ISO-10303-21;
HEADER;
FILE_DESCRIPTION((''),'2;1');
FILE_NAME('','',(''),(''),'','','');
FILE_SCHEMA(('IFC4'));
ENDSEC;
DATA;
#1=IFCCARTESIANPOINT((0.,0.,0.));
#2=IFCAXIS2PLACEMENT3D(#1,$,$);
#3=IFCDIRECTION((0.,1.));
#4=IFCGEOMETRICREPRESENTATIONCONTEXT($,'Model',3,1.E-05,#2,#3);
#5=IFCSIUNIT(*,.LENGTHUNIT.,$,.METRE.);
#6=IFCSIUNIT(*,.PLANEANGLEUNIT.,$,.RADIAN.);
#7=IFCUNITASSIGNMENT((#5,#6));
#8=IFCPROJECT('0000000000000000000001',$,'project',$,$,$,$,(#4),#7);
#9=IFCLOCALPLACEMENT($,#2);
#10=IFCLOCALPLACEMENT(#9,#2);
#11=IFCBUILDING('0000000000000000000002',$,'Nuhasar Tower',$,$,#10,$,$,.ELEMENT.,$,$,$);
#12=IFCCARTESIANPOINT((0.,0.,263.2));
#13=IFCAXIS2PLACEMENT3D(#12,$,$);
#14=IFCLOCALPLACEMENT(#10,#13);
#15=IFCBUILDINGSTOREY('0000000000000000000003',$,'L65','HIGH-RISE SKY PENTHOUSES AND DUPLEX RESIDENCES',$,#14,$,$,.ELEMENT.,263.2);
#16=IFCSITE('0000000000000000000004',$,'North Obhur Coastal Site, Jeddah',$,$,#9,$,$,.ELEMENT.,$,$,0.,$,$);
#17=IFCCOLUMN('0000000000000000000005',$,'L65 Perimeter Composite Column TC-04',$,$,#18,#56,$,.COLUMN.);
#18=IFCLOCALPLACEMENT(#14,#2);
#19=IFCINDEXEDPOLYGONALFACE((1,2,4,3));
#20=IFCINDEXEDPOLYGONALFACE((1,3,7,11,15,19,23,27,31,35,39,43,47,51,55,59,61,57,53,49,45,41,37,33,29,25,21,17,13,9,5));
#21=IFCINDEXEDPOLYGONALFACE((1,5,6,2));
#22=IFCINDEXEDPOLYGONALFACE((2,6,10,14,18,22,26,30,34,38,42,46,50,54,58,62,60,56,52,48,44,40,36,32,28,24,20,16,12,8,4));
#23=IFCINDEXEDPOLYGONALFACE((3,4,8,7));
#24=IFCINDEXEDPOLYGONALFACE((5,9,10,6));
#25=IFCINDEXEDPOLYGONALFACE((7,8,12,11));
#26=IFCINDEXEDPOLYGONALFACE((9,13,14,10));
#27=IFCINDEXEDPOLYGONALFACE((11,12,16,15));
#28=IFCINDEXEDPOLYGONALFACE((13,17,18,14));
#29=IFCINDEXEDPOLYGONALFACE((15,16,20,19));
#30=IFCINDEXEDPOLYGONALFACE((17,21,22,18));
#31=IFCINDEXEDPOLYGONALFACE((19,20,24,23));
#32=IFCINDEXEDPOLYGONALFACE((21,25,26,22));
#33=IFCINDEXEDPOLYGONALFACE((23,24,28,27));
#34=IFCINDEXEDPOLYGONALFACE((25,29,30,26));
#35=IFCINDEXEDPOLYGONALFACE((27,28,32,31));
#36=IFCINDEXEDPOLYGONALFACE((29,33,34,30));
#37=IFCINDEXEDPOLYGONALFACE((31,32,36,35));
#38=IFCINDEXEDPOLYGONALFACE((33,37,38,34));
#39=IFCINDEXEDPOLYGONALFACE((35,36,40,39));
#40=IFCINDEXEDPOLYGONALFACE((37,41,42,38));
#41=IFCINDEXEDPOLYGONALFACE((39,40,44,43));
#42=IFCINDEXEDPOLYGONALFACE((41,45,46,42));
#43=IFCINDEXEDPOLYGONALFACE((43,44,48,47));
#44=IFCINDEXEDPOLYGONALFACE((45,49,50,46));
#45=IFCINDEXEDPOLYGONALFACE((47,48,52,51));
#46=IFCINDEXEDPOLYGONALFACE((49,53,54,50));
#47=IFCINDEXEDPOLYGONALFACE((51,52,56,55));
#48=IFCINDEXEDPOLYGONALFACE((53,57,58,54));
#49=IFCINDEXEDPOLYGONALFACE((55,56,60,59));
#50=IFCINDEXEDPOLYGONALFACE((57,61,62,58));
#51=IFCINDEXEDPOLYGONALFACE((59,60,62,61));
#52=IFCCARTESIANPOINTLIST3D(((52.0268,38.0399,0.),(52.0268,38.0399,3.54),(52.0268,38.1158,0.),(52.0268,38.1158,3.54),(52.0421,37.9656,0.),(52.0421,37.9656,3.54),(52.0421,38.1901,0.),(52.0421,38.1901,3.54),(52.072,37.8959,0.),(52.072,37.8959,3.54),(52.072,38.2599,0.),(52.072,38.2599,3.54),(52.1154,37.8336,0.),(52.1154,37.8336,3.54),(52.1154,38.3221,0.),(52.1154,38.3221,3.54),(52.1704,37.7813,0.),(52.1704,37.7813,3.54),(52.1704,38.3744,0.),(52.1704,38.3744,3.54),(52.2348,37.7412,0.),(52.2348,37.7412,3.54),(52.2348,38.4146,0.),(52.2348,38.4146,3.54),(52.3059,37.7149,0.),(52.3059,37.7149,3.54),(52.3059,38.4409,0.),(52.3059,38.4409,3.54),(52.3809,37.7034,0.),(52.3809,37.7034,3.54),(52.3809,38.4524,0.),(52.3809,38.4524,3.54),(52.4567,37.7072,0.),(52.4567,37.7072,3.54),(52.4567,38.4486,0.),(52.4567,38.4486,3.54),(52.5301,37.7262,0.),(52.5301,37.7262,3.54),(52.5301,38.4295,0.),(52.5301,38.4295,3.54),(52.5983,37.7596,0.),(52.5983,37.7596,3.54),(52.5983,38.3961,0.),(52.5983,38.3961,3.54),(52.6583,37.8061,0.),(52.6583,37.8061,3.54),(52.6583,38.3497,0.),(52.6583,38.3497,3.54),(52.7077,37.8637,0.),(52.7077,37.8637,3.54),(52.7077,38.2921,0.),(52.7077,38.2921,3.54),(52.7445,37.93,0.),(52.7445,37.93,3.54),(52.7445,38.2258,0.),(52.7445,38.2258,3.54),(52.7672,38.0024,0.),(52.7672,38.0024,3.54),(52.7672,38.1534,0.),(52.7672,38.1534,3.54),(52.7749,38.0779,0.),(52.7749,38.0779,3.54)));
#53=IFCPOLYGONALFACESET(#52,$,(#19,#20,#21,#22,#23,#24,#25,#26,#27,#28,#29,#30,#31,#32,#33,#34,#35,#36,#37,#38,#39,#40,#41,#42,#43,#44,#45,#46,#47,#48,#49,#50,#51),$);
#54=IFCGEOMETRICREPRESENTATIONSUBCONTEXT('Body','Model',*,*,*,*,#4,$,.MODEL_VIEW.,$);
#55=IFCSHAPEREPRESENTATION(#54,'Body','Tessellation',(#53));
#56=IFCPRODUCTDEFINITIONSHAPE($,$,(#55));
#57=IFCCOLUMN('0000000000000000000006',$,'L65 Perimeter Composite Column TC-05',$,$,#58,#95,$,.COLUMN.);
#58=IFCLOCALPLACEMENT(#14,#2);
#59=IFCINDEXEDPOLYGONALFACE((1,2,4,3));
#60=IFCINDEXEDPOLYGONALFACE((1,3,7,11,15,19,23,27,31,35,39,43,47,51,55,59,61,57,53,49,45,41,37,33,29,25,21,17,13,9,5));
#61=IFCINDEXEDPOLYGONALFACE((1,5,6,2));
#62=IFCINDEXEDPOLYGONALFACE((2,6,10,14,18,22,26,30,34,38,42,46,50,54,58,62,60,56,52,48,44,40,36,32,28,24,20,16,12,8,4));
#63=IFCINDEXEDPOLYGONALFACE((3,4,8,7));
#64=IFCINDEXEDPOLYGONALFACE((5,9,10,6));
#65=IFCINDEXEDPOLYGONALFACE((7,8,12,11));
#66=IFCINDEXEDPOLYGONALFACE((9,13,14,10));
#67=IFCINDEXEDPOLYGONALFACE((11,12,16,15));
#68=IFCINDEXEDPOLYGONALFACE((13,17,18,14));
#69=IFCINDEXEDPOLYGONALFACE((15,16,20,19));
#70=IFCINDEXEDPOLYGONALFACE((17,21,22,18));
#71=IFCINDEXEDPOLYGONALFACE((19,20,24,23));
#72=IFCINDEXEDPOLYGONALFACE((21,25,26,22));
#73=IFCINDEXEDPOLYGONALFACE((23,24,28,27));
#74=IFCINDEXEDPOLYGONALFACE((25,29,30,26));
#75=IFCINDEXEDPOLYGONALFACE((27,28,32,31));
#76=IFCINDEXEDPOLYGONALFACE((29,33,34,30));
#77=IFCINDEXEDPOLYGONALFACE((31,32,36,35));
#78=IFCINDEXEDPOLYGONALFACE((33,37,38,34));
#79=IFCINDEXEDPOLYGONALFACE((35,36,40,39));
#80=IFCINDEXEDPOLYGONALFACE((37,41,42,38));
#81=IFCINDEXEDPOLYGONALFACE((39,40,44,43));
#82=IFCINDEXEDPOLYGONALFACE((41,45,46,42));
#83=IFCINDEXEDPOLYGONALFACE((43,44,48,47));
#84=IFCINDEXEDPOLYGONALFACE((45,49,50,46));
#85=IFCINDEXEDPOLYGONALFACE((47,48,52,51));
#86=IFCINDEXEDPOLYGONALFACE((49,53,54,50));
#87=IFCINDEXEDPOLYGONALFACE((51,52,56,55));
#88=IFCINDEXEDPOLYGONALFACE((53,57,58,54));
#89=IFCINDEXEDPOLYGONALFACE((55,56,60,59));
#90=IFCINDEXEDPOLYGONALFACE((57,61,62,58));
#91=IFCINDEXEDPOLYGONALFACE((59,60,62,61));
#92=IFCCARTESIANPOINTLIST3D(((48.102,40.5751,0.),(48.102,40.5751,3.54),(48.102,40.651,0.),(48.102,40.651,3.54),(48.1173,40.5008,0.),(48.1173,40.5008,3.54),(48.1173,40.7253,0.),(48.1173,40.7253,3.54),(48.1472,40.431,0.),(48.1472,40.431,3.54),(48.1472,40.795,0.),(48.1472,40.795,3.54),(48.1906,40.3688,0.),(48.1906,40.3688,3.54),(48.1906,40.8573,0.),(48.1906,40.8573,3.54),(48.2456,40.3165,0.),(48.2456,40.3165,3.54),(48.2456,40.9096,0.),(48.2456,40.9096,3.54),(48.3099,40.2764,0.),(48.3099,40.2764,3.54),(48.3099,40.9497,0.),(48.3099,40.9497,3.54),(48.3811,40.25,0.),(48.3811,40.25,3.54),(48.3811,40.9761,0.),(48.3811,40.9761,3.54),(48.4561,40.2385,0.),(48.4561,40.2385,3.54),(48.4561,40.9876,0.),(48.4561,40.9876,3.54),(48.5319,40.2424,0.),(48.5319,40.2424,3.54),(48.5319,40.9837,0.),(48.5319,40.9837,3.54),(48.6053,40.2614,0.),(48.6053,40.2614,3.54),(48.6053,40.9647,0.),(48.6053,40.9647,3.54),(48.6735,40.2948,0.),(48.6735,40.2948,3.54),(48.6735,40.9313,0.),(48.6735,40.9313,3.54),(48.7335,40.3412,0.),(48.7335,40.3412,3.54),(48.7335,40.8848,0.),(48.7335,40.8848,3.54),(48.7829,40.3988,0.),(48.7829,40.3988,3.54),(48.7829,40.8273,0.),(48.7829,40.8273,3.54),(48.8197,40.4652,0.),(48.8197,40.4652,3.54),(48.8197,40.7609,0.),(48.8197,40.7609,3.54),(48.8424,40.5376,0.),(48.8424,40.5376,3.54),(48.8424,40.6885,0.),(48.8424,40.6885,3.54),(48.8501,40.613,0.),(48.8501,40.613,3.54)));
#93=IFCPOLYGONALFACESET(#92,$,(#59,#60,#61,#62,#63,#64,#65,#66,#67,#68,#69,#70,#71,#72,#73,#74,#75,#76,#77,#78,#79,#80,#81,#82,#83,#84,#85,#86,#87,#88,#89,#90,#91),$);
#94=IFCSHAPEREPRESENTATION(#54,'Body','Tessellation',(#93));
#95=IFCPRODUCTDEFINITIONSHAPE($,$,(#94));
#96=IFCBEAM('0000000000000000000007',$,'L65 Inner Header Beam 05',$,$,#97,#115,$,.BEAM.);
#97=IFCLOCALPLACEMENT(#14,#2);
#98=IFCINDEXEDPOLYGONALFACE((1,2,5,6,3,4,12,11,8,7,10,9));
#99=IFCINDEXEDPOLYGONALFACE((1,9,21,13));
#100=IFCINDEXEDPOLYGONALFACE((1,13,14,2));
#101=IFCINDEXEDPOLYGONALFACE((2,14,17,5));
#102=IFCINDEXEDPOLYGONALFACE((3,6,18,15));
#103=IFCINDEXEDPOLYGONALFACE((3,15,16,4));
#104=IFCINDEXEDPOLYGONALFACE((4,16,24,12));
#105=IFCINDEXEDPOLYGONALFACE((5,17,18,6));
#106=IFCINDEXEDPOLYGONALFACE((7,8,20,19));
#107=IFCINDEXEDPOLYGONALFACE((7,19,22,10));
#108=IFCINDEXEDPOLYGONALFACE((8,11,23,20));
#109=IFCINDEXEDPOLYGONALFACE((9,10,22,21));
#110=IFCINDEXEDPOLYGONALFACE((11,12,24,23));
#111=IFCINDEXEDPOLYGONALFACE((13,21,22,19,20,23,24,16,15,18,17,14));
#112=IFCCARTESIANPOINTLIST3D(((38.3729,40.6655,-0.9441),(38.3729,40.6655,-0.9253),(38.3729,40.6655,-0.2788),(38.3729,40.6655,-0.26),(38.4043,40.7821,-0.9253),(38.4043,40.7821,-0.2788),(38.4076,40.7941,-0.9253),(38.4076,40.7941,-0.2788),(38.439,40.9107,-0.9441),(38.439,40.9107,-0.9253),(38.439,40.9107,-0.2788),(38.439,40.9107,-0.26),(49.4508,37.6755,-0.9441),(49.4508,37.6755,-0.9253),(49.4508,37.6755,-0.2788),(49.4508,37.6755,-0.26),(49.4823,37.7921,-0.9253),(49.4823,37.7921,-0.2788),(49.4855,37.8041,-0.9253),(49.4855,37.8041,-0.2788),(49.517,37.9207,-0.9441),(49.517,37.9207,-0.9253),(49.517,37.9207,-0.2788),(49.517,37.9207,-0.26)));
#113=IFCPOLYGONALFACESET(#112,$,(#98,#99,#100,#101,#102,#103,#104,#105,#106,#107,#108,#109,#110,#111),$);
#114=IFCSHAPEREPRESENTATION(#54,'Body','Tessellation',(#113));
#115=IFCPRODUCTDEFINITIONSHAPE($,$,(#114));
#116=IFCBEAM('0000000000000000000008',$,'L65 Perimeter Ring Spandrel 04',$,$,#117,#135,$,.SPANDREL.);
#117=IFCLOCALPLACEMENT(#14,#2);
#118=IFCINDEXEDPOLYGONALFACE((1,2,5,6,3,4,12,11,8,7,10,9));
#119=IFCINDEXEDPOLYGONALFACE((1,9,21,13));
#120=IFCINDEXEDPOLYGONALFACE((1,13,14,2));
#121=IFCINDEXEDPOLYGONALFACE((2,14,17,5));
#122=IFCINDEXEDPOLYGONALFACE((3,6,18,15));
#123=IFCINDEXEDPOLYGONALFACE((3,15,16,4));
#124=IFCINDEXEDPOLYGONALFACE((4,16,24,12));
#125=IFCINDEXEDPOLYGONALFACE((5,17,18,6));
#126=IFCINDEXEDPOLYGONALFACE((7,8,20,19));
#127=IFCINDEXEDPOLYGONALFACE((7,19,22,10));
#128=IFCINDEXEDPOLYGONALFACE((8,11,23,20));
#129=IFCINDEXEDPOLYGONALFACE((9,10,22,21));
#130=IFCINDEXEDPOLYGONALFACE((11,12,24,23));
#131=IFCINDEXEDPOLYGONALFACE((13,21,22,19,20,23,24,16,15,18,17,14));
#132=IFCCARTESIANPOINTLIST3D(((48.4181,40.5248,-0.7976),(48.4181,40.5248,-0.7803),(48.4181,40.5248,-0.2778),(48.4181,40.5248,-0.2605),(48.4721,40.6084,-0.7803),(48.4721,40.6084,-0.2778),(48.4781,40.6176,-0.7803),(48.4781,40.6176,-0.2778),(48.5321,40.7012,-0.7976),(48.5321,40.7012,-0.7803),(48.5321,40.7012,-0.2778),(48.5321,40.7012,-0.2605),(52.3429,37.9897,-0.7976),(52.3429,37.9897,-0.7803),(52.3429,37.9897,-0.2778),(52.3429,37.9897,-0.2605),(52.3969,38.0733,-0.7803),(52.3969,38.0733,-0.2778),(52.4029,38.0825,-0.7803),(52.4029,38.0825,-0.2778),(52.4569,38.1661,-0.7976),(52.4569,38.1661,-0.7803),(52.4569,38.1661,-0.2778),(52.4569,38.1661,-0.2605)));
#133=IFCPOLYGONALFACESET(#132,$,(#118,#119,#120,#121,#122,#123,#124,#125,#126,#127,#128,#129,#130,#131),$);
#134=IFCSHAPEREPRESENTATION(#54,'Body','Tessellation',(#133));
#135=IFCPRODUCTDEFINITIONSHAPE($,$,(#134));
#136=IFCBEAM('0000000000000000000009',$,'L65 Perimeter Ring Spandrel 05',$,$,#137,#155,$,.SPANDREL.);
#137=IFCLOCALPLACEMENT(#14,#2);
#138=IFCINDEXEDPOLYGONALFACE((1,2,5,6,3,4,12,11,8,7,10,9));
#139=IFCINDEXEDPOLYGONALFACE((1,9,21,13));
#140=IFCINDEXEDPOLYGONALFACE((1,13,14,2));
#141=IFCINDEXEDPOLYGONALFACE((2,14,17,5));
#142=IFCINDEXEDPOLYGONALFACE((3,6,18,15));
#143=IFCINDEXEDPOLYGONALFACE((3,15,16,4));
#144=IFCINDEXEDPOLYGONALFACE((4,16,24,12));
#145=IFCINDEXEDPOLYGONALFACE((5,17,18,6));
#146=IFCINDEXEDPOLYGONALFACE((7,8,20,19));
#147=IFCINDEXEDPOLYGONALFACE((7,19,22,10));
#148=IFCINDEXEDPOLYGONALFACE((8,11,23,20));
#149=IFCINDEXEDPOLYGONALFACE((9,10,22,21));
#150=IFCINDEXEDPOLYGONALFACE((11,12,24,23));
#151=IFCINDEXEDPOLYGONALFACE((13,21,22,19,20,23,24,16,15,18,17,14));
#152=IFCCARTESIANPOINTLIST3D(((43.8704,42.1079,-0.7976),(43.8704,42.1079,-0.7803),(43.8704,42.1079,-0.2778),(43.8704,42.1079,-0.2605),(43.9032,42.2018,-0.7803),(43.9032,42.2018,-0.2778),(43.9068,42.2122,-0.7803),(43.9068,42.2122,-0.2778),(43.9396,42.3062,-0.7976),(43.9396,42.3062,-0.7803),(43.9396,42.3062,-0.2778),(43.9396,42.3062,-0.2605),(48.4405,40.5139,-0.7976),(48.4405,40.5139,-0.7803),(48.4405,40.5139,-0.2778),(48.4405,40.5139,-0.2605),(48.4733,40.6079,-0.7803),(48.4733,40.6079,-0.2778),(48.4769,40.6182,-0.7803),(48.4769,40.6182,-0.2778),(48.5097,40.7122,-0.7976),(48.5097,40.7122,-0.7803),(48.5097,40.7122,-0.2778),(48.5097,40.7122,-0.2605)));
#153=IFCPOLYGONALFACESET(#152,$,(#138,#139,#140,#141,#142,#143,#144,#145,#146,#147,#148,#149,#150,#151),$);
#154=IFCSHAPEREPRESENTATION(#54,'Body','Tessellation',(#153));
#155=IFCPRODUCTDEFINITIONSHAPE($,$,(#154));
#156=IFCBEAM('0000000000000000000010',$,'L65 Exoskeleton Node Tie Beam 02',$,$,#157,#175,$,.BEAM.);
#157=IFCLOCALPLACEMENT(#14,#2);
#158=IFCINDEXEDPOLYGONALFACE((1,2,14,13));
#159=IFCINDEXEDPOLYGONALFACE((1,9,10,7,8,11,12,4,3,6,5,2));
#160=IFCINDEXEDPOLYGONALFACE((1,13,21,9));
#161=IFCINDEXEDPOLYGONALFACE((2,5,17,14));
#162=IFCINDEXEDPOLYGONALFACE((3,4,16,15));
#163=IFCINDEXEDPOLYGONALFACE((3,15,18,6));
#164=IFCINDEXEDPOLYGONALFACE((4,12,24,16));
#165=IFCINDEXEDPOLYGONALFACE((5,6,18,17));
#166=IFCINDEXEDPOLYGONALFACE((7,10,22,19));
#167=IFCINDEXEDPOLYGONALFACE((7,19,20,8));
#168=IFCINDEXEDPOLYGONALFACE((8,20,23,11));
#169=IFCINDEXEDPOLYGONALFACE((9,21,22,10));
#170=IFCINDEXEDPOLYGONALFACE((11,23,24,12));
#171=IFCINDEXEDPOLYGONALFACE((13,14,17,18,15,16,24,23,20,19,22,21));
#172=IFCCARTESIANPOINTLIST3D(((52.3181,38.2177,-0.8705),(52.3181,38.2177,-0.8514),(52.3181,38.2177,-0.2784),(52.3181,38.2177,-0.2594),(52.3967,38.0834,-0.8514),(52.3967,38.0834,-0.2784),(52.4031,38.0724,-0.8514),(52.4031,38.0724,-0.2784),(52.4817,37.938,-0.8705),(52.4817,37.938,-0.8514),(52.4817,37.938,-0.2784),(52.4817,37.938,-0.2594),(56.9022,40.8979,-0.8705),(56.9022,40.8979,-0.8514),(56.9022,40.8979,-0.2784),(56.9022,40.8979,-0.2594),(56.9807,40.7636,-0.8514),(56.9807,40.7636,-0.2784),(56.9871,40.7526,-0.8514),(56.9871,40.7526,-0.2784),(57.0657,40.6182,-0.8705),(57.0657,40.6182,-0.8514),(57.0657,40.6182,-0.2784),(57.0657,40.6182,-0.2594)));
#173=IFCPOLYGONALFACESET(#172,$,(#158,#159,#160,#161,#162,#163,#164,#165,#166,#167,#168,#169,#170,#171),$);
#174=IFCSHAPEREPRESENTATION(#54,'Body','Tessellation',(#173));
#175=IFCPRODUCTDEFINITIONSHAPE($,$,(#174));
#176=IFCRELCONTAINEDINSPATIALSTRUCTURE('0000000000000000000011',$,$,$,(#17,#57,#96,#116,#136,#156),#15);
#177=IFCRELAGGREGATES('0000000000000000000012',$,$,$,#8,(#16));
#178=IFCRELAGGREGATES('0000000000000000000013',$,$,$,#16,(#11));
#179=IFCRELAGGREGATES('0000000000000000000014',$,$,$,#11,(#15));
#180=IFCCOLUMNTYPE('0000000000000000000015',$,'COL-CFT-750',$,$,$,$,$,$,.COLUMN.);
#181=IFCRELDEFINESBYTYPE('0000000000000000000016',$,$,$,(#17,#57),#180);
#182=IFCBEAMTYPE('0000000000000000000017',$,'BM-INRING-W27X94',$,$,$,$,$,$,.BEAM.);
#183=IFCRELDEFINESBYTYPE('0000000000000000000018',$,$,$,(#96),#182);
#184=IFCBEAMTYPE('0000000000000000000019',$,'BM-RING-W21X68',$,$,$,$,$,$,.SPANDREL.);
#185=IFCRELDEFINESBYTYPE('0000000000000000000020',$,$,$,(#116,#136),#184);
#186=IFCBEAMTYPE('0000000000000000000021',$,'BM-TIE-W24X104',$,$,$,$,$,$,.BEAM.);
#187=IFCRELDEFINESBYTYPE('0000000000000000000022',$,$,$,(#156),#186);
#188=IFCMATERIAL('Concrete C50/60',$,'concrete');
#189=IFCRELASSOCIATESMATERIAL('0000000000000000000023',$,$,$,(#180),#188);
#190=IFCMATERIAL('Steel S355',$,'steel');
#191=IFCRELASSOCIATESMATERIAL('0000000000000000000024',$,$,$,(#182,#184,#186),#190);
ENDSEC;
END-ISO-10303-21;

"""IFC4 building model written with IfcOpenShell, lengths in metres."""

from ifc_helpers import new_model, si_unit, direction, frame, origin, origin_2d, place, context, subcontext, project, spatial, circle, i_section, extrude, material, material_profile, profile_set, type_object, element, save


model = new_model("IFC4")

# Units and contexts
model_context = context("Model", 3, precision=1e-05, world=origin(), true_north=direction((0.0, 1.0)))
body_context = subcontext(model_context, "Body", "Model", "MODEL_VIEW")
ifc_project = project(units=[si_unit("LENGTHUNIT", "METRE"), si_unit("PLANEANGLEUNIT", "RADIAN")], contexts=[model_context])

# Site, building, storey
site_placement = place(None, origin())
site = spatial("IfcSite", under=ifc_project, at=site_placement, Name="North Obhur Coastal Site, Jeddah", CompositionType="ELEMENT", RefElevation=0.0)
building_placement = place(site_placement, origin())
building = spatial("IfcBuilding", under=site, at=building_placement, Name="Nuhasar Tower", CompositionType="ELEMENT")
storey_placement = place(building_placement, frame((0.0, 0.0, 263.2)))
storey = spatial("IfcBuildingStorey", under=building, at=storey_placement, Name="L65", Description="HIGH-RISE SKY PENTHOUSES AND DUPLEX RESIDENCES", CompositionType="ELEMENT", Elevation=263.2)

# Columns
ifc_material_1 = material(Name="Concrete C50/60", Category="concrete")
ifc_material_profile_1 = material_profile(ifc_material_1, circle(Radius=0.375, at=origin_2d()), Name="CFT750")
ifc_profile_set_1 = profile_set([ifc_material_profile_1], Name="Concrete C50/60")
column_type = type_object("IfcColumnType", Name="COL-CFT-750", PredefinedType="COLUMN", material=ifc_profile_set_1)
for number, where, z_axis, x_axis, name in (
    (1, (52.3999, 38.0779, 0.0), (0.0, 0.0, 1.0), (1.0, 0.0, 0.0), "L65 Perimeter Composite Column TC-04"),
    (2, (48.4751, 40.613, 0.0), (0.0, 0.0, 1.0), (1.0, 0.0, 0.0), "L65 Perimeter Composite Column TC-05"),
):
    element("IfcColumn", number, at=place(storey_placement, frame(where, z_axis=z_axis, x_axis=x_axis)), inside=storey, type_object=column_type, Name=name, PredefinedType="COLUMN", context=body_context, shape_type="SweptSolid", body=[
        extrude(circle(Radius=0.375, at=origin_2d()), origin(), (0.0, 0.0, 1.0), 3.54),
    ])

# Beams
ifc_material_2 = material(Name="Steel S355", Category="steel")
ifc_material_profile_2 = material_profile(ifc_material_2, i_section(OverallWidth=0.2539, OverallDepth=0.6841, WebThickness=0.0125, FlangeThickness=0.0188, at=origin_2d()), Name="W27X94")
ifc_profile_set_2 = profile_set([ifc_material_profile_2], Name="Steel S355")
beam_type_1 = type_object("IfcBeamType", Name="BM-INRING-W27X94", PredefinedType="BEAM", material=ifc_profile_set_2)
beam_1_placement = place(storey_placement, frame((49.4839, 37.7981, -0.6021), z_axis=(-0.965452, 0.260582, 0.0), x_axis=(-0.260582, -0.965452, 0.0)))
element("IfcBeam", 3, at=beam_1_placement, inside=storey, type_object=beam_type_1, Name="L65 Inner Header Beam 05", PredefinedType="BEAM", context=body_context, shape_type="SweptSolid", body=[
    extrude(i_section(OverallWidth=0.2539, OverallDepth=0.6841, WebThickness=0.0125, FlangeThickness=0.0188, at=origin_2d()), origin(), (0.0, 0.0, 1.0), 11.4744),
])
ifc_material_profile_3 = material_profile(ifc_material_2, i_section(OverallWidth=0.21, OverallDepth=0.5371, WebThickness=0.011, FlangeThickness=0.0173, at=origin_2d()), Name="W21X68")
ifc_profile_set_3 = profile_set([ifc_material_profile_3], Name="Steel S355")
beam_type_2 = type_object("IfcBeamType", Name="BM-RING-W21X68", PredefinedType="SPANDREL", material=ifc_profile_set_3)
beam_2_placement = place(storey_placement, frame((52.3999, 38.0779, -0.5291), z_axis=(-0.840002, 0.542584, 0.0), x_axis=(-0.542584, -0.840002, 0.0)))
element("IfcBeam", 4, at=beam_2_placement, inside=storey, type_object=beam_type_2, Name="L65 Perimeter Ring Spandrel 04", PredefinedType="SPANDREL", context=body_context, shape_type="SweptSolid", body=[
    extrude(i_section(OverallWidth=0.21, OverallDepth=0.5371, WebThickness=0.011, FlangeThickness=0.0173, at=origin_2d()), origin(), (0.0, 0.0, 1.0), 4.6724),
])
beam_3_placement = place(storey_placement, frame((48.4751, 40.613, -0.5291), z_axis=(-0.944214, 0.329332, 0.0), x_axis=(-0.329332, -0.944214, 0.0)))
element("IfcBeam", 5, at=beam_3_placement, inside=storey, type_object=beam_type_2, Name="L65 Perimeter Ring Spandrel 05", PredefinedType="SPANDREL", context=body_context, shape_type="SweptSolid", body=[
    extrude(i_section(OverallWidth=0.21, OverallDepth=0.5371, WebThickness=0.011, FlangeThickness=0.0173, at=origin_2d()), origin(), (0.0, 0.0, 1.0), 4.8401),
])
ifc_material_profile_4 = material_profile(ifc_material_2, i_section(OverallWidth=0.324, OverallDepth=0.6111, WebThickness=0.0127, FlangeThickness=0.019, at=origin_2d()), Name="W24X104")
ifc_profile_set_4 = profile_set([ifc_material_profile_4], Name="Steel S355")
beam_type_3 = type_object("IfcBeamType", Name="BM-TIE-W24X104", PredefinedType="BEAM", material=ifc_profile_set_4)
beam_4_placement = place(storey_placement, frame((52.3999, 38.0779, -0.5649), z_axis=(0.863272, 0.50474, 0.0), x_axis=(-0.50474, 0.863272, 0.0)))
element("IfcBeam", 6, at=beam_4_placement, inside=storey, type_object=beam_type_3, Name="L65 Exoskeleton Node Tie Beam 02", PredefinedType="BEAM", context=body_context, shape_type="SweptSolid", body=[
    extrude(i_section(OverallWidth=0.324, OverallDepth=0.6111, WebThickness=0.0127, FlangeThickness=0.019, at=origin_2d()), origin(), (0.0, 0.0, 1.0), 5.3101),
])

save(model, "model.ifc")
